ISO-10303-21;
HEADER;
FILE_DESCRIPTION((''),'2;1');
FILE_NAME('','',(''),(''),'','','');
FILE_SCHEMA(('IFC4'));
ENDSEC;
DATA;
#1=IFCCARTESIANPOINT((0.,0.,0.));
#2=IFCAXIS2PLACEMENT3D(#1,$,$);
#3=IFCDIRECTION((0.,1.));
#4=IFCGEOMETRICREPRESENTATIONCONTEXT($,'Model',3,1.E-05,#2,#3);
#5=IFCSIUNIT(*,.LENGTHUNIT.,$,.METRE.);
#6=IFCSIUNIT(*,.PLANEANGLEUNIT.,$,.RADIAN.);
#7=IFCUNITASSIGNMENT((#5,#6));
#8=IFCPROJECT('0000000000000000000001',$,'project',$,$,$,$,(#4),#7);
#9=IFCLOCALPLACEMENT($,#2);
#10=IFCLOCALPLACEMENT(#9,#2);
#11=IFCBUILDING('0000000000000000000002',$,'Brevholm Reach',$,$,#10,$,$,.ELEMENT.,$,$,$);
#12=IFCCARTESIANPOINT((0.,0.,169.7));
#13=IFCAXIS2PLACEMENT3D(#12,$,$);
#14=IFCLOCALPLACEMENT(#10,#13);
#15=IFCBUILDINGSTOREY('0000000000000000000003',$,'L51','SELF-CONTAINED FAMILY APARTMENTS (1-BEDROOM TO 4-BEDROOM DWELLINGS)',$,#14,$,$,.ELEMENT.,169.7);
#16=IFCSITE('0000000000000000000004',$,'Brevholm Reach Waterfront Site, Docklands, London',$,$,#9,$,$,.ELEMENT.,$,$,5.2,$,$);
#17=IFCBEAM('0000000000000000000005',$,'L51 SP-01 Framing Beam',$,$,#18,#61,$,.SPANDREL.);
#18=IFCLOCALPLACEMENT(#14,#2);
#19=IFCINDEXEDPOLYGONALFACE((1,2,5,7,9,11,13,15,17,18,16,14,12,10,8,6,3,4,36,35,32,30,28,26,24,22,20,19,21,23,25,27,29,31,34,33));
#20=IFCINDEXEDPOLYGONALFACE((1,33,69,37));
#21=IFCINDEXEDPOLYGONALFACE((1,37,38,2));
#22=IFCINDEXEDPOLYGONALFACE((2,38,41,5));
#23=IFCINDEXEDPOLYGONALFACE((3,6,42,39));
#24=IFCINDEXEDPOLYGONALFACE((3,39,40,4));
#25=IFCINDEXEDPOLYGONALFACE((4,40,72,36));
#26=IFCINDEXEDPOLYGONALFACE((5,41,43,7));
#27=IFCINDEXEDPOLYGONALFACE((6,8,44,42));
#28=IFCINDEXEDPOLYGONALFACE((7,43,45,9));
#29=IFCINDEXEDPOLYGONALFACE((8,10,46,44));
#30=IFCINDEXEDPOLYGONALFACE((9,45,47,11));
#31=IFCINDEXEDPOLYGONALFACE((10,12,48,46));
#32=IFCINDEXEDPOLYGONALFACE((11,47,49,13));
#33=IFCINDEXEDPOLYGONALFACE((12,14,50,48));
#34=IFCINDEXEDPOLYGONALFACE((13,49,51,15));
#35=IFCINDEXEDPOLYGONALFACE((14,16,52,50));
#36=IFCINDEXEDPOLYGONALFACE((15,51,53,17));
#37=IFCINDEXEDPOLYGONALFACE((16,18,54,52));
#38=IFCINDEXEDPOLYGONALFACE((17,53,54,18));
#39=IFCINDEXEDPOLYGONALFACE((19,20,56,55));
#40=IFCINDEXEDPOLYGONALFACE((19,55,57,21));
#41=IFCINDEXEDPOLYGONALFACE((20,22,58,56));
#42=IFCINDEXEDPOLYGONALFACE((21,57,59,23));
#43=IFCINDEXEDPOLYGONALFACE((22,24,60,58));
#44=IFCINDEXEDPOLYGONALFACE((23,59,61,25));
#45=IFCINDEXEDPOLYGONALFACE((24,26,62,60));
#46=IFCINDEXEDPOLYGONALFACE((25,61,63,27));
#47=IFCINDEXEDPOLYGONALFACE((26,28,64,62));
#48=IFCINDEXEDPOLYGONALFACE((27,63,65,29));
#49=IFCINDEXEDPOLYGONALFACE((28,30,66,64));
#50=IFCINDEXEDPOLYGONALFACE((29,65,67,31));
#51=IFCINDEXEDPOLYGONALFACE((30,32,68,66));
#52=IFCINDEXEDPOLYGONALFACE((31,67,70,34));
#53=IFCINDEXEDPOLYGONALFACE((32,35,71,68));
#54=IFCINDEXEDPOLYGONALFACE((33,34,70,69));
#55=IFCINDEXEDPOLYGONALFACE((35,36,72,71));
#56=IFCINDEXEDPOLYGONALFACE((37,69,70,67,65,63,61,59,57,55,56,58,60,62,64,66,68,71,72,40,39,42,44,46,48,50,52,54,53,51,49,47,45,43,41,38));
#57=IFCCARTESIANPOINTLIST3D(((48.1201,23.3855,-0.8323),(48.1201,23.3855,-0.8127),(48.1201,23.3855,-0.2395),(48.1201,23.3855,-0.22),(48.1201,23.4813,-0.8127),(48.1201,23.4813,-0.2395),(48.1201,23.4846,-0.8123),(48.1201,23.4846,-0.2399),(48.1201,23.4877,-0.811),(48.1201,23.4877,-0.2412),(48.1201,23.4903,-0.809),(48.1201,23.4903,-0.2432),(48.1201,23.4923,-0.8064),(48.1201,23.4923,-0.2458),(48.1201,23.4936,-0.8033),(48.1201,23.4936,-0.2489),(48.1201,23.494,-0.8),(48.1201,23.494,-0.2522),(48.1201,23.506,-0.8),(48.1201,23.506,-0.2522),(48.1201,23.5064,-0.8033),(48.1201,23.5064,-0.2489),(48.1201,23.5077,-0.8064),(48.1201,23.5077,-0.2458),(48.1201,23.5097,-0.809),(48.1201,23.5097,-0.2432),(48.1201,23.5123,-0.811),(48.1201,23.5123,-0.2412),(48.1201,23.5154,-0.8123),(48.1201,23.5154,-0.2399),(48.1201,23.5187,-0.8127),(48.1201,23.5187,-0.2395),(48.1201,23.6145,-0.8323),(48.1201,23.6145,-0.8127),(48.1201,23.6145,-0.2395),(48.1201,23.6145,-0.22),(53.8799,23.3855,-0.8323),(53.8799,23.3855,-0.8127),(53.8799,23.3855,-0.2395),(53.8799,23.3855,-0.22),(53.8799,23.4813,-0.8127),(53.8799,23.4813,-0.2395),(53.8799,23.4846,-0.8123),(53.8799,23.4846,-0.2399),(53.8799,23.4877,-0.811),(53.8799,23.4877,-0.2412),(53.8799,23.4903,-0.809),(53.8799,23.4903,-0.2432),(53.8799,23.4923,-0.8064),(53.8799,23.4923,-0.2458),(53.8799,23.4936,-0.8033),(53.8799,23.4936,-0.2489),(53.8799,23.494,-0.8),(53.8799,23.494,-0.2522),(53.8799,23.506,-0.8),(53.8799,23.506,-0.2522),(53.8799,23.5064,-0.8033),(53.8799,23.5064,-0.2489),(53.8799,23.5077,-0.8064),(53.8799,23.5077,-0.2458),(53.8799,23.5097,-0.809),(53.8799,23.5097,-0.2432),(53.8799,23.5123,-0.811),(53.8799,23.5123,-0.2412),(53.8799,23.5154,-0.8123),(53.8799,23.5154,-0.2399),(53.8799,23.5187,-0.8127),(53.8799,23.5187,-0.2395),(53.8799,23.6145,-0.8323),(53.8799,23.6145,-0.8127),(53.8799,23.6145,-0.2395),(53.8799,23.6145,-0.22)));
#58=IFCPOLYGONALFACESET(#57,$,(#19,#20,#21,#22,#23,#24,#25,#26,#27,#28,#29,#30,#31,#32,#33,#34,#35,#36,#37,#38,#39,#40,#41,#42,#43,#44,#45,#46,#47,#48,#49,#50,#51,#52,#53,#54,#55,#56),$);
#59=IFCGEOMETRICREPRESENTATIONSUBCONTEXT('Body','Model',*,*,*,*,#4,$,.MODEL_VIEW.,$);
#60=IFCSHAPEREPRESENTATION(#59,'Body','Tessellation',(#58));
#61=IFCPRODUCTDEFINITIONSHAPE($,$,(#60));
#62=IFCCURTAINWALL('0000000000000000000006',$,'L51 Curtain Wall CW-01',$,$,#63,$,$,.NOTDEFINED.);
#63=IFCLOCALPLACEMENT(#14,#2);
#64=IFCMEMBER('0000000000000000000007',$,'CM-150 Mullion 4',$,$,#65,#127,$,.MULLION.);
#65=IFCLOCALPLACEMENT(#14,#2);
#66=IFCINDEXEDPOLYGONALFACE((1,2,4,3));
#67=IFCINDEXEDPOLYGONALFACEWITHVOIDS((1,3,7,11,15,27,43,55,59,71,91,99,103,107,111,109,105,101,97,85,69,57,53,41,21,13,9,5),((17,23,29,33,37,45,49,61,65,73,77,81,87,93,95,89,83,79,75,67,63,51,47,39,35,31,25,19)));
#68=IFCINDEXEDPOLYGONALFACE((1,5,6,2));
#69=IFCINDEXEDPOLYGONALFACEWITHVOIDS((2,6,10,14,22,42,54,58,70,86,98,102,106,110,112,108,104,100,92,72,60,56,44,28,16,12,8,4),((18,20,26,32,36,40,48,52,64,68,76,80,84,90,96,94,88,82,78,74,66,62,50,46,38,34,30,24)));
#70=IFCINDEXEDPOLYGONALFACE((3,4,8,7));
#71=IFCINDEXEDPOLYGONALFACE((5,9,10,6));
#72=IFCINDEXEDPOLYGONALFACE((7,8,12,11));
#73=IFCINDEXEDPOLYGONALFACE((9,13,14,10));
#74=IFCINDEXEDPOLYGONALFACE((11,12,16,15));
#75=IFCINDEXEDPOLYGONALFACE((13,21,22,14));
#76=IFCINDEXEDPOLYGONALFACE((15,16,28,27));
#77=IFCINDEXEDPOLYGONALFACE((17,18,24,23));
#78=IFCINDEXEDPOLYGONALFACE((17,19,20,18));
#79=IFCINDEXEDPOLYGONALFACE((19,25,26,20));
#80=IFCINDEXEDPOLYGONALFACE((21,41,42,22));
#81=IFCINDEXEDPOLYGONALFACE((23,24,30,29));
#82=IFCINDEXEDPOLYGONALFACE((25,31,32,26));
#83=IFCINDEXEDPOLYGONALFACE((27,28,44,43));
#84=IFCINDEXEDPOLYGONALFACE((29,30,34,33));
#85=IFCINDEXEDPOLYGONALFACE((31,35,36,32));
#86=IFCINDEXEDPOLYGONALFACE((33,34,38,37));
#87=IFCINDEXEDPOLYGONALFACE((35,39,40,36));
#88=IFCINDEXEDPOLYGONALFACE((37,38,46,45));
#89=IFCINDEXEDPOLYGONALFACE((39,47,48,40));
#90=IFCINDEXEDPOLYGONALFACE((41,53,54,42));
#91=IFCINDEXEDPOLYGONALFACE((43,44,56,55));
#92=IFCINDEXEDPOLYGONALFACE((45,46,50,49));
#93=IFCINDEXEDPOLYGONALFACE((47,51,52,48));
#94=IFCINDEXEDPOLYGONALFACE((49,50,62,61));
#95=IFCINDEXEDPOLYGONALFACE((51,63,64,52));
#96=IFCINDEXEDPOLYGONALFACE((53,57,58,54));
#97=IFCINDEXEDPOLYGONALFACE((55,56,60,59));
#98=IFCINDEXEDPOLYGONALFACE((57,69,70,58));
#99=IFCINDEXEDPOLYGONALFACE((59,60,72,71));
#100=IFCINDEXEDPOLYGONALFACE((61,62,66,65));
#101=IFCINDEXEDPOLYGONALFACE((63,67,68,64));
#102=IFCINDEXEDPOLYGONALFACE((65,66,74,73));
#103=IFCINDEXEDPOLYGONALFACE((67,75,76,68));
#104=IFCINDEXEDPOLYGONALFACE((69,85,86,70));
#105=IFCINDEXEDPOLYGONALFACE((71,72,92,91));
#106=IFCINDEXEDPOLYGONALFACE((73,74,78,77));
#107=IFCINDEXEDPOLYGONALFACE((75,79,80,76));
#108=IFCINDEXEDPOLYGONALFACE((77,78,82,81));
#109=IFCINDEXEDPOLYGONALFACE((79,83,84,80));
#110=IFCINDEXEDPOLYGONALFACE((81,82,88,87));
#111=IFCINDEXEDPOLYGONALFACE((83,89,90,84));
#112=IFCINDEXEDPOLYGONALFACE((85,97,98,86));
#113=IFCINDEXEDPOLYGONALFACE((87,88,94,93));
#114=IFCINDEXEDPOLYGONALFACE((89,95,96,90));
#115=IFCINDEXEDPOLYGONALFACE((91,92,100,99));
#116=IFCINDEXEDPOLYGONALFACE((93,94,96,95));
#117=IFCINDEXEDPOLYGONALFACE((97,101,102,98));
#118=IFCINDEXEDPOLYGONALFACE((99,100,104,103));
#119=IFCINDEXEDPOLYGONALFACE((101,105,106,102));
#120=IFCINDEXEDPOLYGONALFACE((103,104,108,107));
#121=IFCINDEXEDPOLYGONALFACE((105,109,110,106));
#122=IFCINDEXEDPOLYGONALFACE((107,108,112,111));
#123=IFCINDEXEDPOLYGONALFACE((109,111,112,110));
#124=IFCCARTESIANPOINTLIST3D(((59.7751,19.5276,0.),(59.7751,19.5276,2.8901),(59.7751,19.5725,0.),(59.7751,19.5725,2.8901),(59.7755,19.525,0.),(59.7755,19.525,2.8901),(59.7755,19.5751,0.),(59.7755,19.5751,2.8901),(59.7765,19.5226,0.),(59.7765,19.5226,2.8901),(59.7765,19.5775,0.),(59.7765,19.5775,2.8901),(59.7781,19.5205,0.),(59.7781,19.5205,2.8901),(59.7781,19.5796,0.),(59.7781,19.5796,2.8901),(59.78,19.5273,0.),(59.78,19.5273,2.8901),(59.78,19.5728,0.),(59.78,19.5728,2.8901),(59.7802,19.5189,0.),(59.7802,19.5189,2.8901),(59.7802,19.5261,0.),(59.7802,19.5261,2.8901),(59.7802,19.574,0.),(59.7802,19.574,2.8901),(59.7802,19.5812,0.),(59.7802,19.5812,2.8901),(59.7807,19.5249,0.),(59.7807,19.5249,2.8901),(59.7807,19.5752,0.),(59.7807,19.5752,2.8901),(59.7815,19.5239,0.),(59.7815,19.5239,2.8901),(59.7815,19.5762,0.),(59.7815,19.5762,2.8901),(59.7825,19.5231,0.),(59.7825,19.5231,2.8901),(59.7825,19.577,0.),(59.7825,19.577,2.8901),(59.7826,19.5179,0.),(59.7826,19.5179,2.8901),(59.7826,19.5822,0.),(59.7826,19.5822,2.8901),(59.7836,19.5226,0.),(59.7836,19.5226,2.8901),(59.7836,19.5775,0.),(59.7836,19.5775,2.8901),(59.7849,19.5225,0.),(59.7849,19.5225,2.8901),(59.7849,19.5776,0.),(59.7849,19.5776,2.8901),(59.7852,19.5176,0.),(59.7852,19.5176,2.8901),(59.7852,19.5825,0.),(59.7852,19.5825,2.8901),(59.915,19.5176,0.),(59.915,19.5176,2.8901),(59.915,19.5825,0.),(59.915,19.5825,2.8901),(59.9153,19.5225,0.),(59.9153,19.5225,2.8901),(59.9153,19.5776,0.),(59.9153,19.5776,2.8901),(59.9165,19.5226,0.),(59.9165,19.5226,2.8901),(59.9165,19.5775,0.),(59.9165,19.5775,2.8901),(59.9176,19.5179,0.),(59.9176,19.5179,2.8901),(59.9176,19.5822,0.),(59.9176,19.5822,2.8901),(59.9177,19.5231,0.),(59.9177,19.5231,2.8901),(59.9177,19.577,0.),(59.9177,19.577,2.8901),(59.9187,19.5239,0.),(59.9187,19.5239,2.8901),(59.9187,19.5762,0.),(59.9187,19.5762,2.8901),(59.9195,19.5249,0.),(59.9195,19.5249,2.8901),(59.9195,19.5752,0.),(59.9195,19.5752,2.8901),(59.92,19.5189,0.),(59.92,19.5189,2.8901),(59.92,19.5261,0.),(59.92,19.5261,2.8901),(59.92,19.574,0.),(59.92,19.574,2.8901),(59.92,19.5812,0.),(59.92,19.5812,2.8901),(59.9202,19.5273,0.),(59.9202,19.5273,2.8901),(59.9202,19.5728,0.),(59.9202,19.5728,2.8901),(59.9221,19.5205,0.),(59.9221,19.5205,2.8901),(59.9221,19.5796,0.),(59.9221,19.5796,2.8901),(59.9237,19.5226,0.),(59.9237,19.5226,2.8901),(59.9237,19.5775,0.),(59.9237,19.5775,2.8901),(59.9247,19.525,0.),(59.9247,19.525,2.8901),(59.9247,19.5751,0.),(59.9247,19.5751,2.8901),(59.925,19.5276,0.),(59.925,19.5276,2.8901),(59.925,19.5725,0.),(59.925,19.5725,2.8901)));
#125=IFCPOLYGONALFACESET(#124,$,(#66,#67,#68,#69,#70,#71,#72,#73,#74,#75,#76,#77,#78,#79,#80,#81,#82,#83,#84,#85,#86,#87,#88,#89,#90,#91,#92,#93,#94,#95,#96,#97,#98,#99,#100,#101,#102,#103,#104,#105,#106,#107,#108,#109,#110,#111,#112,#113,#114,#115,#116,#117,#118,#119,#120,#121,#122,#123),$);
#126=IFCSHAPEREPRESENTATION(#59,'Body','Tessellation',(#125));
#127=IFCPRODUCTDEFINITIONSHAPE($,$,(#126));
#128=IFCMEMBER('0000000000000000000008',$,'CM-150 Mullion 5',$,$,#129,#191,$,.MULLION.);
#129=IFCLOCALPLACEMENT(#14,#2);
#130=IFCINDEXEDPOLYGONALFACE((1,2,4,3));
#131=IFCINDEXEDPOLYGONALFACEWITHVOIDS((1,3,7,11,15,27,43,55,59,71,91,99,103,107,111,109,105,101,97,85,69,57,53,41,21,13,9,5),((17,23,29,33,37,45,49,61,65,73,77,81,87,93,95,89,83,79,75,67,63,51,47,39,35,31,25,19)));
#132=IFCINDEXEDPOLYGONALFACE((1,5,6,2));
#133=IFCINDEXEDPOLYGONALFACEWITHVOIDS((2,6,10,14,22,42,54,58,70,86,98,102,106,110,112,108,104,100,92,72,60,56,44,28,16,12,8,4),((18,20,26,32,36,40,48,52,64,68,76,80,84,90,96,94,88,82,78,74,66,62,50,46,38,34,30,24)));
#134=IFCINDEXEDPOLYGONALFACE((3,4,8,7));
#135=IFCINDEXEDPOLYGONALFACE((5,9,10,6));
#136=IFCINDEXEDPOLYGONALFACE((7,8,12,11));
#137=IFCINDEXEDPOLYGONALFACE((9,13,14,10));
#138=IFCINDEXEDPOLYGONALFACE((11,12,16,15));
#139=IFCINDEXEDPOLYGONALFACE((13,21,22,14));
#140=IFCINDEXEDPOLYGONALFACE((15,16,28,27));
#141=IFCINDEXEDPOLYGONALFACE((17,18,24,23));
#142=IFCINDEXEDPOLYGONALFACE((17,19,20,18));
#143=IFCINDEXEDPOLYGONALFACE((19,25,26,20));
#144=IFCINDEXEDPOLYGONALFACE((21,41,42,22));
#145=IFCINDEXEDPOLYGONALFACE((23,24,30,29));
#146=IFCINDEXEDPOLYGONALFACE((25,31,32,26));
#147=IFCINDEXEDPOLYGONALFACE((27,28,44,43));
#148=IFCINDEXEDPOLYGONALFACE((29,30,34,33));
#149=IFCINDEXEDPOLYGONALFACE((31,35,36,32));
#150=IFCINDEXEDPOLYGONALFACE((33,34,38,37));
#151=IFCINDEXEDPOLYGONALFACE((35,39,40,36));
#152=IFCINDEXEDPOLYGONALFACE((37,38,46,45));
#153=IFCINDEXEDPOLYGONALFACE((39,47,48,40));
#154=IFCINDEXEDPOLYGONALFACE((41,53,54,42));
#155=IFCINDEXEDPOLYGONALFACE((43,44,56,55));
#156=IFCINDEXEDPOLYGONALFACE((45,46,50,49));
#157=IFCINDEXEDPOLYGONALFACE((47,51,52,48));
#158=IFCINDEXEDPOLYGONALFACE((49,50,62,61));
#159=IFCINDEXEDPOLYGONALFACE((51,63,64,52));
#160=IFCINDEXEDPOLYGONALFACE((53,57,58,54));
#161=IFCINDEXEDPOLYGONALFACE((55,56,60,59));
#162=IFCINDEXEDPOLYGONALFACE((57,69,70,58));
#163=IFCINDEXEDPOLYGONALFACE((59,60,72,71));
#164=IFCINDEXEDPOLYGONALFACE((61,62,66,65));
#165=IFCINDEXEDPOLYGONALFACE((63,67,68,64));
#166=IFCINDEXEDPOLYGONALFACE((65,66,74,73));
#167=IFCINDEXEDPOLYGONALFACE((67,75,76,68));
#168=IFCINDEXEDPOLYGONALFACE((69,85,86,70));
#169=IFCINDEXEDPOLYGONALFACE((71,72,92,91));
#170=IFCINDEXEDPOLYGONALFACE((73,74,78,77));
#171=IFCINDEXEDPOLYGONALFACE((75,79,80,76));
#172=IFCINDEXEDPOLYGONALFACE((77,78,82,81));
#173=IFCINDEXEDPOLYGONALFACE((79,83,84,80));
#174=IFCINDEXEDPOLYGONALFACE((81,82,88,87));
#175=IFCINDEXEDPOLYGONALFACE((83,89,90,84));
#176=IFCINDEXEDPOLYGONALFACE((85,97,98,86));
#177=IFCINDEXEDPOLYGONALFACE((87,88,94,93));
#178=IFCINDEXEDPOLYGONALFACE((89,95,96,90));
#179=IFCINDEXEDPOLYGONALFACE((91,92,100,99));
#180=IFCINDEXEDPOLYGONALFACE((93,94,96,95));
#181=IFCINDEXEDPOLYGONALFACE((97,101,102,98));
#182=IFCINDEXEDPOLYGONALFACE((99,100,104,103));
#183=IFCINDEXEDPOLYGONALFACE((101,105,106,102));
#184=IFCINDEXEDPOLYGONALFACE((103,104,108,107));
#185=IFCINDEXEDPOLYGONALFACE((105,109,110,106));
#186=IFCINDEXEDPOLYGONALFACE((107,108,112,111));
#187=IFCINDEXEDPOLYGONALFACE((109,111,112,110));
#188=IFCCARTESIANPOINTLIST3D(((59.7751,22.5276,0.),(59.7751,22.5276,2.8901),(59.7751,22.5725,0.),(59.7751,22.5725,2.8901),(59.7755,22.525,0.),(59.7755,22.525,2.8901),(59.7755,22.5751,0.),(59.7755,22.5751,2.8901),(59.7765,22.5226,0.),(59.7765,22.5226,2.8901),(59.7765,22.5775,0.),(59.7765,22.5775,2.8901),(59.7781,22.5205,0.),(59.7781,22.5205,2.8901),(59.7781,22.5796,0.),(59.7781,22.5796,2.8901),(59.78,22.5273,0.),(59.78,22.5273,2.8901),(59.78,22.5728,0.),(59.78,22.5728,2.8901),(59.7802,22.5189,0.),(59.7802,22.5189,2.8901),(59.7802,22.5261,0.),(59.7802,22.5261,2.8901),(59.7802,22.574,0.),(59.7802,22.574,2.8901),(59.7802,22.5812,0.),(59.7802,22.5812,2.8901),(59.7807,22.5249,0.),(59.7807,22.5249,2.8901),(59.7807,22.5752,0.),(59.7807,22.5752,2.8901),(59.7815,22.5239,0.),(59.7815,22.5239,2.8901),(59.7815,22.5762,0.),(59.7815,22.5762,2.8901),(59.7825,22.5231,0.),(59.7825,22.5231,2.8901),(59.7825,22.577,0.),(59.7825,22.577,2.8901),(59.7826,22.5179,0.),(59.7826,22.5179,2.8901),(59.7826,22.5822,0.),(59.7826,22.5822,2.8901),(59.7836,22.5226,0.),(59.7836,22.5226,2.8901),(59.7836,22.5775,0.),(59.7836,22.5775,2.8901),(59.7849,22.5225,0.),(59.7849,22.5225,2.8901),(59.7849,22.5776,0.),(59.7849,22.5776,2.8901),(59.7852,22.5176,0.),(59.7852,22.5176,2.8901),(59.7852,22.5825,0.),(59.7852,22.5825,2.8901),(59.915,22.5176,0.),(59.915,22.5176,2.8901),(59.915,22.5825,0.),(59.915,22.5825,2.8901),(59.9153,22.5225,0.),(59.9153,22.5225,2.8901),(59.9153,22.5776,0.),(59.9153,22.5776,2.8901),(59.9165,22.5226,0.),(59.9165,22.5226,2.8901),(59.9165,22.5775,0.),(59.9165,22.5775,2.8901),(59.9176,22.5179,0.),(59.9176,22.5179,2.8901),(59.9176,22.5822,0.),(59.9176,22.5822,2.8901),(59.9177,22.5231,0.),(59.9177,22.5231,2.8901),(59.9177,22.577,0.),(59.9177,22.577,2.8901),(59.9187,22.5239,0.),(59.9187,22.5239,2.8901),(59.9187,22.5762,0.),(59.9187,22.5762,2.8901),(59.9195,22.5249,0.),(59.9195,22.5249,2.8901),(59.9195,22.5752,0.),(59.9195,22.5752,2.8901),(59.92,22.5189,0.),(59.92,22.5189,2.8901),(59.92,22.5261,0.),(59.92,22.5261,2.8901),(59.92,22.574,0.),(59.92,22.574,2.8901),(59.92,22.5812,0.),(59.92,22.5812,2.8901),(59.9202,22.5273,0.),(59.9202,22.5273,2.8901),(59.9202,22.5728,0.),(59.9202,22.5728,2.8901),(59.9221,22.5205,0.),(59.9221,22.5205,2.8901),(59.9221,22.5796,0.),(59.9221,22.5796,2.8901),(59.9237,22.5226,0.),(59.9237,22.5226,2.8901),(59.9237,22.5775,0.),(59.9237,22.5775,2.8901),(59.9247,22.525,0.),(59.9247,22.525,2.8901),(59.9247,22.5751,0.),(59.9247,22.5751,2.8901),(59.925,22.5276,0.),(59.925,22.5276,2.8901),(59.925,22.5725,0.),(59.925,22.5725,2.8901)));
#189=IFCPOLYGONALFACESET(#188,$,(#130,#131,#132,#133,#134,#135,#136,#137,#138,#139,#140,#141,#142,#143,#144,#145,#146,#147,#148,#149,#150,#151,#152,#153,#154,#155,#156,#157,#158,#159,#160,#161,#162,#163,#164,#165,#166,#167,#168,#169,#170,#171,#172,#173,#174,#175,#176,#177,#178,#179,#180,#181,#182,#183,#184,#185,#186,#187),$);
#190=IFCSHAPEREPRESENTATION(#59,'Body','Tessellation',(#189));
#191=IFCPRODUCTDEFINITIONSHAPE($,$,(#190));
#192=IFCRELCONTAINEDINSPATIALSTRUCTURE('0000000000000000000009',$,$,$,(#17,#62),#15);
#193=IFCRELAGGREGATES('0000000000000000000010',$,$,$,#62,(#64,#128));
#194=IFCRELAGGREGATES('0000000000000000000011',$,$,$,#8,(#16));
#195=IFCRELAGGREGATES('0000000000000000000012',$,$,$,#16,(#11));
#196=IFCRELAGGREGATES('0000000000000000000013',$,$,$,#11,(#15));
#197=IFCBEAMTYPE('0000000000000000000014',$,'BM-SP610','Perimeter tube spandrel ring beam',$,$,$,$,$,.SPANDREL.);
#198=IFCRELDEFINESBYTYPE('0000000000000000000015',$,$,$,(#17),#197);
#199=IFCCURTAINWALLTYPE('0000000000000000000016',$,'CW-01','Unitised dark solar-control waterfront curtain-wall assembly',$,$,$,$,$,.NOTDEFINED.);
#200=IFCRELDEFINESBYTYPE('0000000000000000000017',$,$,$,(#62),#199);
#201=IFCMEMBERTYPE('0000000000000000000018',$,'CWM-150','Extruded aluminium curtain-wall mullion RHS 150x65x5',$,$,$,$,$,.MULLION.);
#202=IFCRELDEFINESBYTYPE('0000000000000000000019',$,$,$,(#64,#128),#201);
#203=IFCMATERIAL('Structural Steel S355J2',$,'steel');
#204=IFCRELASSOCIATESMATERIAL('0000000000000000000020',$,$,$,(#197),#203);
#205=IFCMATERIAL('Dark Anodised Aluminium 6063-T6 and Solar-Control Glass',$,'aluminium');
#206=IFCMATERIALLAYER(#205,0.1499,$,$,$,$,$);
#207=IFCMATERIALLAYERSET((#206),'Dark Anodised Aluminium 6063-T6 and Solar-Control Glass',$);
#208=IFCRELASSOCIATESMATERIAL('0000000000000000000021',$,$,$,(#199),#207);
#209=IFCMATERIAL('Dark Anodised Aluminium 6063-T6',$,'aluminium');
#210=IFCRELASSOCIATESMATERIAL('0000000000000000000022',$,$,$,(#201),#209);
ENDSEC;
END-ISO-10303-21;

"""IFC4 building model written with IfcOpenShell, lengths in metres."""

from ifc_helpers import new_model, si_unit, direction, frame, origin, origin_2d, place, context, subcontext, project, spatial, hollow_rectangle, i_section, extrude, material, layer, layer_set, material_profile, profile_set, type_object, element, aggregate, save


model = new_model("IFC4")

# Units and contexts
model_context = context("Model", 3, precision=1e-05, world=origin(), true_north=direction((0.0, 1.0)))
body_context = subcontext(model_context, "Body", "Model", "MODEL_VIEW")
ifc_project = project(units=[si_unit("LENGTHUNIT", "METRE"), si_unit("PLANEANGLEUNIT", "RADIAN")], contexts=[model_context])

# Site, building, storey
site_placement = place(None, origin())
site = spatial("IfcSite", under=ifc_project, at=site_placement, Name="Brevholm Reach Waterfront Site, Docklands, London", CompositionType="ELEMENT", RefElevation=5.2)
building_placement = place(site_placement, origin())
building = spatial("IfcBuilding", under=site, at=building_placement, Name="Brevholm Reach", CompositionType="ELEMENT")
storey_placement = place(building_placement, frame((0.0, 0.0, 169.7)))
storey = spatial("IfcBuildingStorey", under=building, at=storey_placement, Name="L51", Description="SELF-CONTAINED FAMILY APARTMENTS (1-BEDROOM TO 4-BEDROOM DWELLINGS)", CompositionType="ELEMENT", Elevation=169.7)

# Beam
ifc_material_1 = material(Name="Structural Steel S355J2", Category="steel")
ifc_material_profile_1 = material_profile(ifc_material_1, i_section(OverallWidth=0.229, OverallDepth=0.6123, WebThickness=0.012, FlangeThickness=0.0195, FilletRadius=0.0127, at=origin_2d()), Name="UKB 610x229x125")
ifc_profile_set_1 = profile_set([ifc_material_profile_1], Name="Structural Steel S355J2")
beam_type_1 = type_object("IfcBeamType", Name="BM-SP610", Description="Perimeter tube spandrel ring beam", PredefinedType="SPANDREL", material=ifc_profile_set_1)
beam_1_placement = place(storey_placement, frame((48.1201, 23.5, -0.5261), z_axis=(1.0, 0.0, 0.0), x_axis=(0.0, 1.0, 0.0)))
element("IfcBeam", 1, at=beam_1_placement, inside=storey, type_object=beam_type_1, Name="L51 SP-01 Framing Beam", PredefinedType="SPANDREL", context=body_context, shape_type="SweptSolid", body=[
    extrude(i_section(OverallWidth=0.229, OverallDepth=0.6123, WebThickness=0.012, FlangeThickness=0.0195, FilletRadius=0.0127, at=origin_2d()), origin(), (0.0, 0.0, 1.0), 5.7598),
])

# Curtain wall, members
ifc_material_2 = material(Name="Dark Anodised Aluminium 6063-T6 and Solar-Control Glass", Category="aluminium")
ifc_layer_1 = layer(ifc_material_2, 0.1499)
ifc_layer_set_1 = layer_set([ifc_layer_1], Name="Dark Anodised Aluminium 6063-T6 and Solar-Control Glass")
curtain_wall_type = type_object("IfcCurtainWallType", Name="CW-01", Description="Unitised dark solar-control waterfront curtain-wall assembly", PredefinedType="NOTDEFINED", material=ifc_layer_set_1)
curtain_wall_placement = place(storey_placement, origin())
curtain_wall = element("IfcCurtainWall", 2, at=curtain_wall_placement, inside=storey, type_object=curtain_wall_type, Name="L51 Curtain Wall CW-01", PredefinedType="NOTDEFINED")
ifc_material_3 = material(Name="Dark Anodised Aluminium 6063-T6", Category="aluminium")
ifc_material_profile_2 = material_profile(ifc_material_3, hollow_rectangle(XDim=0.0649, YDim=0.1499, WallThickness=0.0049, InnerFilletRadius=0.0049, OuterFilletRadius=0.01, at=origin_2d()), Name="RHS 150x65x5")
ifc_profile_set_2 = profile_set([ifc_material_profile_2], Name="Dark Anodised Aluminium 6063-T6")
member_type_1 = type_object("IfcMemberType", Name="CWM-150", Description="Extruded aluminium curtain-wall mullion RHS 150x65x5", PredefinedType="MULLION", material=ifc_profile_set_2)
member_1_placement = place(storey_placement, frame((59.8501, 19.55, 0.0), z_axis=(0.0, 0.0, 1.0), x_axis=(0.0, 1.0, 0.0)))
member_1 = element("IfcMember", 3, at=member_1_placement, type_object=member_type_1, Name="CM-150 Mullion 4", PredefinedType="MULLION", context=body_context, shape_type="SweptSolid", body=[
    extrude(hollow_rectangle(XDim=0.0649, YDim=0.1499, WallThickness=0.0049, InnerFilletRadius=0.0049, OuterFilletRadius=0.01, at=origin_2d()), origin(), (0.0, 0.0, 1.0), 2.8901),
])
member_2_placement = place(storey_placement, frame((59.8501, 22.55, 0.0), z_axis=(0.0, 0.0, 1.0), x_axis=(0.0, 1.0, 0.0)))
member_2 = element("IfcMember", 4, at=member_2_placement, type_object=member_type_1, Name="CM-150 Mullion 5", PredefinedType="MULLION", context=body_context, shape_type="SweptSolid", body=[
    extrude(hollow_rectangle(XDim=0.0649, YDim=0.1499, WallThickness=0.0049, InnerFilletRadius=0.0049, OuterFilletRadius=0.01, at=origin_2d()), origin(), (0.0, 0.0, 1.0), 2.8901),
])
aggregate(curtain_wall, [member_1, member_2])

save(model, "model.ifc")
